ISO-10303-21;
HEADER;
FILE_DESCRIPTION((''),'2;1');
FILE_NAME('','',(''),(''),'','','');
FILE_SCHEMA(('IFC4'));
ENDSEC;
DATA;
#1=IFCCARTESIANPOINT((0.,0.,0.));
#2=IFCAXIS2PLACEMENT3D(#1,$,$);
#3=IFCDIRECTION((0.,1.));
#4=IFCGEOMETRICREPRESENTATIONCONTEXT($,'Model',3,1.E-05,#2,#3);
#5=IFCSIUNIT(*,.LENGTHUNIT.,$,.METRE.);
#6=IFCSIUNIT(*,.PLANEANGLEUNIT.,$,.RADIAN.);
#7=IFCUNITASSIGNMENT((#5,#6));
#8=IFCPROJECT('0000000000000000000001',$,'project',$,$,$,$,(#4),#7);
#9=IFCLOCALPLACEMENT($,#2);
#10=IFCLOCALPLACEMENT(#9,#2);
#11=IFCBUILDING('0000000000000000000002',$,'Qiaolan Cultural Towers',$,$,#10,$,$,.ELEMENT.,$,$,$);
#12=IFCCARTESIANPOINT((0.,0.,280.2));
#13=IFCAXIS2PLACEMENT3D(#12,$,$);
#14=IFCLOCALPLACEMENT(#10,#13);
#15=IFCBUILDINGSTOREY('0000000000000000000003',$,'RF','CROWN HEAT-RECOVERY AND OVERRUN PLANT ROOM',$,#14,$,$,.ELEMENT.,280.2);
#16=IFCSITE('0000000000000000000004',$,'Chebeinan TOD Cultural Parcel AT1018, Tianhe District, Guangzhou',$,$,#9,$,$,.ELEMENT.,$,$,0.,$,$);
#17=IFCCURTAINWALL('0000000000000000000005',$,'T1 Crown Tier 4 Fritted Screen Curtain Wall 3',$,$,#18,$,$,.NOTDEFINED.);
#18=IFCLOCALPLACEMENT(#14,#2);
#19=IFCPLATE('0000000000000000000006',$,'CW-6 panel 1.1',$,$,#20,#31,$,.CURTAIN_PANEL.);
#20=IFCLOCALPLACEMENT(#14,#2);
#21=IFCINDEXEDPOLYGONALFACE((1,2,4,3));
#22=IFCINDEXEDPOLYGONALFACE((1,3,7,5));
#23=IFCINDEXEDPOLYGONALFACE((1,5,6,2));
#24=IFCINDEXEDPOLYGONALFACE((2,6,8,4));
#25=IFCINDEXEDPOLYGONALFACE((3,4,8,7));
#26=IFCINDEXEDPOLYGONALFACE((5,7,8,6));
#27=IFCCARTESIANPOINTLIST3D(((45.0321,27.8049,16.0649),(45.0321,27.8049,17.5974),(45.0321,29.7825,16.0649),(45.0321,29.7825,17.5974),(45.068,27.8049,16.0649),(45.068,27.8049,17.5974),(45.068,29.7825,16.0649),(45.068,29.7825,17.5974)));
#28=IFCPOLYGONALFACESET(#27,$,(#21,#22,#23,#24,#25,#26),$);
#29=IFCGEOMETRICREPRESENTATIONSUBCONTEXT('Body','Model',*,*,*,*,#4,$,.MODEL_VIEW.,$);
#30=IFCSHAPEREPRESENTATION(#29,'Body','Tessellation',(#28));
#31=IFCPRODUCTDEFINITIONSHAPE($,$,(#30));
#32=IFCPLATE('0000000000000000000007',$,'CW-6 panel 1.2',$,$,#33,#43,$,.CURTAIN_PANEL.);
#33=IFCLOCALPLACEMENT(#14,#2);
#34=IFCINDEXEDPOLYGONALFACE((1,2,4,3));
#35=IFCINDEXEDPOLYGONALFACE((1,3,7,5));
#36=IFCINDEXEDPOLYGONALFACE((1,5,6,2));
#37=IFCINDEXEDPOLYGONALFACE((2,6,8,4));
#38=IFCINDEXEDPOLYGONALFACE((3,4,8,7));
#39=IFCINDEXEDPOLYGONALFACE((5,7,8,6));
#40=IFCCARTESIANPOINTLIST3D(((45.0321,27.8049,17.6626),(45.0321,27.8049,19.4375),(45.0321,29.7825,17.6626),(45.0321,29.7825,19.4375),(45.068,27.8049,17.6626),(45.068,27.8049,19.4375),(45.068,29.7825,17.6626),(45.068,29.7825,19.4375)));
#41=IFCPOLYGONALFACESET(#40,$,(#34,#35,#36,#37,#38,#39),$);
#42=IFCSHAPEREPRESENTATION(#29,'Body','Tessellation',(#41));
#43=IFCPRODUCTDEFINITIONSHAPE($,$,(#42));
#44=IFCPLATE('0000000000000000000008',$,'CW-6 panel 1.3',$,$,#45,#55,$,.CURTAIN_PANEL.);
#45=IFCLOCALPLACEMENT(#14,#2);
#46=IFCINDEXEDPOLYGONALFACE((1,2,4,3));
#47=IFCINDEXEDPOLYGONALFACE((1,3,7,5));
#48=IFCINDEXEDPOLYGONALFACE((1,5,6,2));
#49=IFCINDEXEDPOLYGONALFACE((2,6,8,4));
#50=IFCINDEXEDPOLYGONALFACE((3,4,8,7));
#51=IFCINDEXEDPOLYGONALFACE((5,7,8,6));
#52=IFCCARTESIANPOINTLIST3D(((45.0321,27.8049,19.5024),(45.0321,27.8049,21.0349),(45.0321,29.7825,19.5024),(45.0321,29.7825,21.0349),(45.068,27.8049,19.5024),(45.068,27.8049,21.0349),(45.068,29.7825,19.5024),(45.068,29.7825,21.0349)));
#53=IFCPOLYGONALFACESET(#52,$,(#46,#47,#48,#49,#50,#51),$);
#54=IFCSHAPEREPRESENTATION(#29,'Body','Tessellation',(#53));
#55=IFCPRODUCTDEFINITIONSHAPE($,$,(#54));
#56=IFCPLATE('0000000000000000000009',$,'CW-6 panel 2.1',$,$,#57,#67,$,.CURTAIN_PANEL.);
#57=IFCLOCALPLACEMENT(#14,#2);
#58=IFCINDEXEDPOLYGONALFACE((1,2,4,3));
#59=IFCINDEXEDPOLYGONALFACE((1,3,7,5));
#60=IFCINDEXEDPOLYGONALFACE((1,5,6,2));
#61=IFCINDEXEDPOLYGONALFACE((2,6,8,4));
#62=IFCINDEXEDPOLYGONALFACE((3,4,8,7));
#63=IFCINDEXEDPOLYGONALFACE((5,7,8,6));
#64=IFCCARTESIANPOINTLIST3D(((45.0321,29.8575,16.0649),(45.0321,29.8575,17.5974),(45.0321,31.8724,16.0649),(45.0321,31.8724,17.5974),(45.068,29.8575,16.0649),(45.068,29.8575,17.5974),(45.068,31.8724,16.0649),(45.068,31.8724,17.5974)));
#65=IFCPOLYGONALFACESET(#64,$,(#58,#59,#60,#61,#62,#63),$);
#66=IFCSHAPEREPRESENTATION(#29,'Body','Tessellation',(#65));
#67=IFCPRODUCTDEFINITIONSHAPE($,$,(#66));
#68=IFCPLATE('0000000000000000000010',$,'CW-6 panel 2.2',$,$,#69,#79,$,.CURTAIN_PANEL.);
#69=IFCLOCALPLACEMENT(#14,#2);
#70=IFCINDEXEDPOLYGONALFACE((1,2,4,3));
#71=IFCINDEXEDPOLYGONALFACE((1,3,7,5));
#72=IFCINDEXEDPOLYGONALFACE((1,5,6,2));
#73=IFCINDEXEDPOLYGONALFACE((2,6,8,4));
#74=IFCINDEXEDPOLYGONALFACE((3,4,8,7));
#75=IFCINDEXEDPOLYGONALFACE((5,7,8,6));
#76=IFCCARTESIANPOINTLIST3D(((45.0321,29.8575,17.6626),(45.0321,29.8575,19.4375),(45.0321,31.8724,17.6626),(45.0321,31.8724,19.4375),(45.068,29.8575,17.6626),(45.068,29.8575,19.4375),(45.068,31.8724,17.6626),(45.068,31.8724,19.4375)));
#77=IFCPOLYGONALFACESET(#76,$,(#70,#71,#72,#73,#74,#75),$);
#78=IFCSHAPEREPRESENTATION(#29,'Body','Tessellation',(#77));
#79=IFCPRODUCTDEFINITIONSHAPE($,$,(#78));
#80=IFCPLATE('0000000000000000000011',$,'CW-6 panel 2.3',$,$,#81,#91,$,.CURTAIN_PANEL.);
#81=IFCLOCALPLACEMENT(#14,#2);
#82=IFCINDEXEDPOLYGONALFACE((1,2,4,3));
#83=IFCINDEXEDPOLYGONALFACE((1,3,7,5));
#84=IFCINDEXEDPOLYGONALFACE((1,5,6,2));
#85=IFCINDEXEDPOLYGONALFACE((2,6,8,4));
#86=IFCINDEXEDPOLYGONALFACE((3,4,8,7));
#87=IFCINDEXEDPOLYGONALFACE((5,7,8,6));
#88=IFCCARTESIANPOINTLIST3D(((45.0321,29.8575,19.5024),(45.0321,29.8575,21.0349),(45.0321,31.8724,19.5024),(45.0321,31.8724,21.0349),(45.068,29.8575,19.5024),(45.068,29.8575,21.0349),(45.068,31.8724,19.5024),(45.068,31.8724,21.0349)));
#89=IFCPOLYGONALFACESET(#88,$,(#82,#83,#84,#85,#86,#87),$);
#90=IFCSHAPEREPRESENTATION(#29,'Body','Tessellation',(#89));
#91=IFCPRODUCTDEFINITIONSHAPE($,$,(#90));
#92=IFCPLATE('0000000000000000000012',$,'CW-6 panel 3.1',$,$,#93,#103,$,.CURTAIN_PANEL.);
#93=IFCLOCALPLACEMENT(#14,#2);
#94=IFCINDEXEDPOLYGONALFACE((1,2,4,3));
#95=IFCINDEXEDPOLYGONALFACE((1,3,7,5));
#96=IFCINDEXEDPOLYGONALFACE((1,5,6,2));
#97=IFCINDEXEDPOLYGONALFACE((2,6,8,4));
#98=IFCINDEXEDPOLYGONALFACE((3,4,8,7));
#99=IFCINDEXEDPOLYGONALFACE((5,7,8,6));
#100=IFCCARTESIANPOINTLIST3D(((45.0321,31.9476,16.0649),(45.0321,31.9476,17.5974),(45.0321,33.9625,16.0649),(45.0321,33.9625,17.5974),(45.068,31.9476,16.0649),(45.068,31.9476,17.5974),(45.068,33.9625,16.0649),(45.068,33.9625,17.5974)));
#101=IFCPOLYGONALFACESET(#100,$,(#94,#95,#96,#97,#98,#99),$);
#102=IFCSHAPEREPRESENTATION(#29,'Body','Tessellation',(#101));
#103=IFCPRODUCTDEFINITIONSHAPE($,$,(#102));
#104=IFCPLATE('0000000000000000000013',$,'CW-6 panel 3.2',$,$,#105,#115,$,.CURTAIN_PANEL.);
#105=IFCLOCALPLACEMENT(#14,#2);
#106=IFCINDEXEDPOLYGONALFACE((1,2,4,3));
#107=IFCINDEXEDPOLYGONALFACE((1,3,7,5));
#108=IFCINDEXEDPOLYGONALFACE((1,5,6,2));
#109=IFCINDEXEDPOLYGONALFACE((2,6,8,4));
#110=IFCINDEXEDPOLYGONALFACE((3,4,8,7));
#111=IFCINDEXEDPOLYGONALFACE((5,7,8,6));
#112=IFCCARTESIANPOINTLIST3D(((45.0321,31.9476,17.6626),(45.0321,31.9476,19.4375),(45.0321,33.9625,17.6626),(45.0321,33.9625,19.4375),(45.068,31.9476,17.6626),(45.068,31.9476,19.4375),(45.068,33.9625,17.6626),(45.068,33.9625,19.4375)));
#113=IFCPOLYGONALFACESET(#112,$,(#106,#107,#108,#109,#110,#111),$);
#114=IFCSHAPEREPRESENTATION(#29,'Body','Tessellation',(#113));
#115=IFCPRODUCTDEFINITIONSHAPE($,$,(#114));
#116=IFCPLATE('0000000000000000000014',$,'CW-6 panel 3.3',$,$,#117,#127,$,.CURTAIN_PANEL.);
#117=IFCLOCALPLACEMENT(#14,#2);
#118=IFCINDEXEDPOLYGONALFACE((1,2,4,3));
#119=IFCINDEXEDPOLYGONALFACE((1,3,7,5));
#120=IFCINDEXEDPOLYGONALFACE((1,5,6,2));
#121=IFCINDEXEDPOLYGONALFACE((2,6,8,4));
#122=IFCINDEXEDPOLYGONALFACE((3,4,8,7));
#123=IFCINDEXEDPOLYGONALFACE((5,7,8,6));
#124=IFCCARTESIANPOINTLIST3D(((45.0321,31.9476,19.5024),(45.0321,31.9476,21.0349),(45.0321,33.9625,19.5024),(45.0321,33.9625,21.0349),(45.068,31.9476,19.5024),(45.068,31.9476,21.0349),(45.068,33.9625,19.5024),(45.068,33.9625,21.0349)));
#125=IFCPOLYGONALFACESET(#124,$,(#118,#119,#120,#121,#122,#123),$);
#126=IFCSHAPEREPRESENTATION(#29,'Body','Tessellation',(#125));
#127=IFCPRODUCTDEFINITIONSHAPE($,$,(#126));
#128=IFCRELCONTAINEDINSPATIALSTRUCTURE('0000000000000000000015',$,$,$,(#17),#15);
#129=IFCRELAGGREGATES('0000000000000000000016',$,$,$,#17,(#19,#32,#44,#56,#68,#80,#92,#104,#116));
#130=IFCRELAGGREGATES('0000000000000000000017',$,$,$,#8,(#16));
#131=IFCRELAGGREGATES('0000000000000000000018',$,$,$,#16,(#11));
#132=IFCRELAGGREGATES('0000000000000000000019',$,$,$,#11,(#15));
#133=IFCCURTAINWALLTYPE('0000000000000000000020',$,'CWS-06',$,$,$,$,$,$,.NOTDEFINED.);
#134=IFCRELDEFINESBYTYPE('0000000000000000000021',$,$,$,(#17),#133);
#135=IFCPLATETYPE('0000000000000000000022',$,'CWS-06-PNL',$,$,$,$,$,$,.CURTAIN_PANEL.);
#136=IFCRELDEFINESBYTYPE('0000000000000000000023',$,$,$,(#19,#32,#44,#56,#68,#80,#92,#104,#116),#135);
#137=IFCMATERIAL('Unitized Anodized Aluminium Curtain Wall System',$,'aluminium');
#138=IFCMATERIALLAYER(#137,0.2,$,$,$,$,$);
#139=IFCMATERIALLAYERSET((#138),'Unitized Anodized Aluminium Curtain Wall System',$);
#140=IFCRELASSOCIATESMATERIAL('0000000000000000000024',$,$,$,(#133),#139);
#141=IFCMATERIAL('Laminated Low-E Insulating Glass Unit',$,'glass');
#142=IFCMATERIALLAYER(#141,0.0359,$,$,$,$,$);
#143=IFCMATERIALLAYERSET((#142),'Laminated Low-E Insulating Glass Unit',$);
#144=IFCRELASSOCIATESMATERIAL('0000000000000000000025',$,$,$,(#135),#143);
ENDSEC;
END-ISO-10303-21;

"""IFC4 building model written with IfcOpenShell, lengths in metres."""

from ifc_helpers import new_model, si_unit, direction, frame, origin, origin_2d, place, context, subcontext, project, spatial, rectangle, extrude, material, layer, layer_set, type_object, element, aggregate, save


model = new_model("IFC4")

# Units and contexts
model_context = context("Model", 3, precision=1e-05, world=origin(), true_north=direction((0.0, 1.0)))
body_context = subcontext(model_context, "Body", "Model", "MODEL_VIEW")
ifc_project = project(units=[si_unit("LENGTHUNIT", "METRE"), si_unit("PLANEANGLEUNIT", "RADIAN")], contexts=[model_context])

# Site, building, storey
site_placement = place(None, origin())
site = spatial("IfcSite", under=ifc_project, at=site_placement, Name="Chebeinan TOD Cultural Parcel AT1018, Tianhe District, Guangzhou", CompositionType="ELEMENT", RefElevation=0.0)
building_placement = place(site_placement, origin())
building = spatial("IfcBuilding", under=site, at=building_placement, Name="Qiaolan Cultural Towers", CompositionType="ELEMENT")
storey_placement = place(building_placement, frame((0.0, 0.0, 280.2)))
storey = spatial("IfcBuildingStorey", under=building, at=storey_placement, Name="RF", Description="CROWN HEAT-RECOVERY AND OVERRUN PLANT ROOM", CompositionType="ELEMENT", Elevation=280.2)

# Shared definitions
ifc_material_1 = material(Name="Unitized Anodized Aluminium Curtain Wall System", Category="aluminium")
ifc_layer_1 = layer(ifc_material_1, 0.2)
ifc_layer_set_1 = layer_set([ifc_layer_1], Name="Unitized Anodized Aluminium Curtain Wall System")
curtain_wall_type = type_object("IfcCurtainWallType", Name="CWS-06", PredefinedType="NOTDEFINED", material=ifc_layer_set_1)

# Curtain wall, plates
curtain_wall_1_placement = place(storey_placement, origin())
curtain_wall_1 = element("IfcCurtainWall", 1, at=curtain_wall_1_placement, inside=storey, type_object=curtain_wall_type, Name="T1 Crown Tier 4 Fritted Screen Curtain Wall 3", PredefinedType="NOTDEFINED")
ifc_material_2 = material(Name="Laminated Low-E Insulating Glass Unit", Category="glass")
ifc_layer_2 = layer(ifc_material_2, 0.0359)
ifc_layer_set_2 = layer_set([ifc_layer_2], Name="Laminated Low-E Insulating Glass Unit")
plate_type = type_object("IfcPlateType", Name="CWS-06-PNL", PredefinedType="CURTAIN_PANEL", material=ifc_layer_set_2)
plate_1_placement = place(storey_placement, frame((45.05, 28.7937, 16.0649), z_axis=(0.0, 0.0, 1.0), x_axis=(0.0, 1.0, 0.0)))
plate_1 = element("IfcPlate", 2, at=plate_1_placement, type_object=plate_type, Name="CW-6 panel 1.1", PredefinedType="CURTAIN_PANEL", context=body_context, shape_type="SweptSolid", body=[
    extrude(rectangle(XDim=1.9775, YDim=0.0359, at=origin_2d()), origin(), (0.0, 0.0, 1.0), 1.5325),
])
plate_2_placement = place(storey_placement, frame((45.05, 28.7937, 17.6626), z_axis=(0.0, 0.0, 1.0), x_axis=(0.0, 1.0, 0.0)))
plate_2 = element("IfcPlate", 3, at=plate_2_placement, type_object=plate_type, Name="CW-6 panel 1.2", PredefinedType="CURTAIN_PANEL", context=body_context, shape_type="SweptSolid", body=[
    extrude(rectangle(XDim=1.9775, YDim=0.0359, at=origin_2d()), origin(), (0.0, 0.0, 1.0), 1.7749),
])
plate_3_placement = place(storey_placement, frame((45.05, 28.7937, 19.5024), z_axis=(0.0, 0.0, 1.0), x_axis=(0.0, 1.0, 0.0)))
plate_3 = element("IfcPlate", 4, at=plate_3_placement, type_object=plate_type, Name="CW-6 panel 1.3", PredefinedType="CURTAIN_PANEL", context=body_context, shape_type="SweptSolid", body=[
    extrude(rectangle(XDim=1.9775, YDim=0.0359, at=origin_2d()), origin(), (0.0, 0.0, 1.0), 1.5325),
])
plate_4_placement = place(storey_placement, frame((45.05, 30.865, 16.0649), z_axis=(0.0, 0.0, 1.0), x_axis=(0.0, 1.0, 0.0)))
plate_4 = element("IfcPlate", 5, at=plate_4_placement, type_object=plate_type, Name="CW-6 panel 2.1", PredefinedType="CURTAIN_PANEL", context=body_context, shape_type="SweptSolid", body=[
    extrude(rectangle(XDim=2.0149, YDim=0.0359, at=origin_2d()), origin(), (0.0, 0.0, 1.0), 1.5325),
])
plate_5_placement = place(storey_placement, frame((45.05, 30.865, 17.6626), z_axis=(0.0, 0.0, 1.0), x_axis=(0.0, 1.0, 0.0)))
plate_5 = element("IfcPlate", 6, at=plate_5_placement, type_object=plate_type, Name="CW-6 panel 2.2", PredefinedType="CURTAIN_PANEL", context=body_context, shape_type="SweptSolid", body=[
    extrude(rectangle(XDim=2.0149, YDim=0.0359, at=origin_2d()), origin(), (0.0, 0.0, 1.0), 1.7749),
])
plate_6_placement = place(storey_placement, frame((45.05, 30.865, 19.5024), z_axis=(0.0, 0.0, 1.0), x_axis=(0.0, 1.0, 0.0)))
plate_6 = element("IfcPlate", 7, at=plate_6_placement, type_object=plate_type, Name="CW-6 panel 2.3", PredefinedType="CURTAIN_PANEL", context=body_context, shape_type="SweptSolid", body=[
    extrude(rectangle(XDim=2.0149, YDim=0.0359, at=origin_2d()), origin(), (0.0, 0.0, 1.0), 1.5325),
])
plate_7_placement = place(storey_placement, frame((45.05, 32.9551, 16.0649), z_axis=(0.0, 0.0, 1.0), x_axis=(0.0, 1.0, 0.0)))
plate_7 = element("IfcPlate", 8, at=plate_7_placement, type_object=plate_type, Name="CW-6 panel 3.1", PredefinedType="CURTAIN_PANEL", context=body_context, shape_type="SweptSolid", body=[
    extrude(rectangle(XDim=2.0149, YDim=0.0359, at=origin_2d()), origin(), (0.0, 0.0, 1.0), 1.5325),
])
plate_8_placement = place(storey_placement, frame((45.05, 32.9551, 17.6626), z_axis=(0.0, 0.0, 1.0), x_axis=(0.0, 1.0, 0.0)))
plate_8 = element("IfcPlate", 9, at=plate_8_placement, type_object=plate_type, Name="CW-6 panel 3.2", PredefinedType="CURTAIN_PANEL", context=body_context, shape_type="SweptSolid", body=[
    extrude(rectangle(XDim=2.0149, YDim=0.0359, at=origin_2d()), origin(), (0.0, 0.0, 1.0), 1.7749),
])
plate_9_placement = place(storey_placement, frame((45.05, 32.9551, 19.5024), z_axis=(0.0, 0.0, 1.0), x_axis=(0.0, 1.0, 0.0)))
plate_9 = element("IfcPlate", 10, at=plate_9_placement, type_object=plate_type, Name="CW-6 panel 3.3", PredefinedType="CURTAIN_PANEL", context=body_context, shape_type="SweptSolid", body=[
    extrude(rectangle(XDim=2.0149, YDim=0.0359, at=origin_2d()), origin(), (0.0, 0.0, 1.0), 1.5325),
])
aggregate(curtain_wall_1, [plate_1, plate_2, plate_3, plate_4, plate_5, plate_6, plate_7, plate_8, plate_9])

save(model, "model.ifc")
